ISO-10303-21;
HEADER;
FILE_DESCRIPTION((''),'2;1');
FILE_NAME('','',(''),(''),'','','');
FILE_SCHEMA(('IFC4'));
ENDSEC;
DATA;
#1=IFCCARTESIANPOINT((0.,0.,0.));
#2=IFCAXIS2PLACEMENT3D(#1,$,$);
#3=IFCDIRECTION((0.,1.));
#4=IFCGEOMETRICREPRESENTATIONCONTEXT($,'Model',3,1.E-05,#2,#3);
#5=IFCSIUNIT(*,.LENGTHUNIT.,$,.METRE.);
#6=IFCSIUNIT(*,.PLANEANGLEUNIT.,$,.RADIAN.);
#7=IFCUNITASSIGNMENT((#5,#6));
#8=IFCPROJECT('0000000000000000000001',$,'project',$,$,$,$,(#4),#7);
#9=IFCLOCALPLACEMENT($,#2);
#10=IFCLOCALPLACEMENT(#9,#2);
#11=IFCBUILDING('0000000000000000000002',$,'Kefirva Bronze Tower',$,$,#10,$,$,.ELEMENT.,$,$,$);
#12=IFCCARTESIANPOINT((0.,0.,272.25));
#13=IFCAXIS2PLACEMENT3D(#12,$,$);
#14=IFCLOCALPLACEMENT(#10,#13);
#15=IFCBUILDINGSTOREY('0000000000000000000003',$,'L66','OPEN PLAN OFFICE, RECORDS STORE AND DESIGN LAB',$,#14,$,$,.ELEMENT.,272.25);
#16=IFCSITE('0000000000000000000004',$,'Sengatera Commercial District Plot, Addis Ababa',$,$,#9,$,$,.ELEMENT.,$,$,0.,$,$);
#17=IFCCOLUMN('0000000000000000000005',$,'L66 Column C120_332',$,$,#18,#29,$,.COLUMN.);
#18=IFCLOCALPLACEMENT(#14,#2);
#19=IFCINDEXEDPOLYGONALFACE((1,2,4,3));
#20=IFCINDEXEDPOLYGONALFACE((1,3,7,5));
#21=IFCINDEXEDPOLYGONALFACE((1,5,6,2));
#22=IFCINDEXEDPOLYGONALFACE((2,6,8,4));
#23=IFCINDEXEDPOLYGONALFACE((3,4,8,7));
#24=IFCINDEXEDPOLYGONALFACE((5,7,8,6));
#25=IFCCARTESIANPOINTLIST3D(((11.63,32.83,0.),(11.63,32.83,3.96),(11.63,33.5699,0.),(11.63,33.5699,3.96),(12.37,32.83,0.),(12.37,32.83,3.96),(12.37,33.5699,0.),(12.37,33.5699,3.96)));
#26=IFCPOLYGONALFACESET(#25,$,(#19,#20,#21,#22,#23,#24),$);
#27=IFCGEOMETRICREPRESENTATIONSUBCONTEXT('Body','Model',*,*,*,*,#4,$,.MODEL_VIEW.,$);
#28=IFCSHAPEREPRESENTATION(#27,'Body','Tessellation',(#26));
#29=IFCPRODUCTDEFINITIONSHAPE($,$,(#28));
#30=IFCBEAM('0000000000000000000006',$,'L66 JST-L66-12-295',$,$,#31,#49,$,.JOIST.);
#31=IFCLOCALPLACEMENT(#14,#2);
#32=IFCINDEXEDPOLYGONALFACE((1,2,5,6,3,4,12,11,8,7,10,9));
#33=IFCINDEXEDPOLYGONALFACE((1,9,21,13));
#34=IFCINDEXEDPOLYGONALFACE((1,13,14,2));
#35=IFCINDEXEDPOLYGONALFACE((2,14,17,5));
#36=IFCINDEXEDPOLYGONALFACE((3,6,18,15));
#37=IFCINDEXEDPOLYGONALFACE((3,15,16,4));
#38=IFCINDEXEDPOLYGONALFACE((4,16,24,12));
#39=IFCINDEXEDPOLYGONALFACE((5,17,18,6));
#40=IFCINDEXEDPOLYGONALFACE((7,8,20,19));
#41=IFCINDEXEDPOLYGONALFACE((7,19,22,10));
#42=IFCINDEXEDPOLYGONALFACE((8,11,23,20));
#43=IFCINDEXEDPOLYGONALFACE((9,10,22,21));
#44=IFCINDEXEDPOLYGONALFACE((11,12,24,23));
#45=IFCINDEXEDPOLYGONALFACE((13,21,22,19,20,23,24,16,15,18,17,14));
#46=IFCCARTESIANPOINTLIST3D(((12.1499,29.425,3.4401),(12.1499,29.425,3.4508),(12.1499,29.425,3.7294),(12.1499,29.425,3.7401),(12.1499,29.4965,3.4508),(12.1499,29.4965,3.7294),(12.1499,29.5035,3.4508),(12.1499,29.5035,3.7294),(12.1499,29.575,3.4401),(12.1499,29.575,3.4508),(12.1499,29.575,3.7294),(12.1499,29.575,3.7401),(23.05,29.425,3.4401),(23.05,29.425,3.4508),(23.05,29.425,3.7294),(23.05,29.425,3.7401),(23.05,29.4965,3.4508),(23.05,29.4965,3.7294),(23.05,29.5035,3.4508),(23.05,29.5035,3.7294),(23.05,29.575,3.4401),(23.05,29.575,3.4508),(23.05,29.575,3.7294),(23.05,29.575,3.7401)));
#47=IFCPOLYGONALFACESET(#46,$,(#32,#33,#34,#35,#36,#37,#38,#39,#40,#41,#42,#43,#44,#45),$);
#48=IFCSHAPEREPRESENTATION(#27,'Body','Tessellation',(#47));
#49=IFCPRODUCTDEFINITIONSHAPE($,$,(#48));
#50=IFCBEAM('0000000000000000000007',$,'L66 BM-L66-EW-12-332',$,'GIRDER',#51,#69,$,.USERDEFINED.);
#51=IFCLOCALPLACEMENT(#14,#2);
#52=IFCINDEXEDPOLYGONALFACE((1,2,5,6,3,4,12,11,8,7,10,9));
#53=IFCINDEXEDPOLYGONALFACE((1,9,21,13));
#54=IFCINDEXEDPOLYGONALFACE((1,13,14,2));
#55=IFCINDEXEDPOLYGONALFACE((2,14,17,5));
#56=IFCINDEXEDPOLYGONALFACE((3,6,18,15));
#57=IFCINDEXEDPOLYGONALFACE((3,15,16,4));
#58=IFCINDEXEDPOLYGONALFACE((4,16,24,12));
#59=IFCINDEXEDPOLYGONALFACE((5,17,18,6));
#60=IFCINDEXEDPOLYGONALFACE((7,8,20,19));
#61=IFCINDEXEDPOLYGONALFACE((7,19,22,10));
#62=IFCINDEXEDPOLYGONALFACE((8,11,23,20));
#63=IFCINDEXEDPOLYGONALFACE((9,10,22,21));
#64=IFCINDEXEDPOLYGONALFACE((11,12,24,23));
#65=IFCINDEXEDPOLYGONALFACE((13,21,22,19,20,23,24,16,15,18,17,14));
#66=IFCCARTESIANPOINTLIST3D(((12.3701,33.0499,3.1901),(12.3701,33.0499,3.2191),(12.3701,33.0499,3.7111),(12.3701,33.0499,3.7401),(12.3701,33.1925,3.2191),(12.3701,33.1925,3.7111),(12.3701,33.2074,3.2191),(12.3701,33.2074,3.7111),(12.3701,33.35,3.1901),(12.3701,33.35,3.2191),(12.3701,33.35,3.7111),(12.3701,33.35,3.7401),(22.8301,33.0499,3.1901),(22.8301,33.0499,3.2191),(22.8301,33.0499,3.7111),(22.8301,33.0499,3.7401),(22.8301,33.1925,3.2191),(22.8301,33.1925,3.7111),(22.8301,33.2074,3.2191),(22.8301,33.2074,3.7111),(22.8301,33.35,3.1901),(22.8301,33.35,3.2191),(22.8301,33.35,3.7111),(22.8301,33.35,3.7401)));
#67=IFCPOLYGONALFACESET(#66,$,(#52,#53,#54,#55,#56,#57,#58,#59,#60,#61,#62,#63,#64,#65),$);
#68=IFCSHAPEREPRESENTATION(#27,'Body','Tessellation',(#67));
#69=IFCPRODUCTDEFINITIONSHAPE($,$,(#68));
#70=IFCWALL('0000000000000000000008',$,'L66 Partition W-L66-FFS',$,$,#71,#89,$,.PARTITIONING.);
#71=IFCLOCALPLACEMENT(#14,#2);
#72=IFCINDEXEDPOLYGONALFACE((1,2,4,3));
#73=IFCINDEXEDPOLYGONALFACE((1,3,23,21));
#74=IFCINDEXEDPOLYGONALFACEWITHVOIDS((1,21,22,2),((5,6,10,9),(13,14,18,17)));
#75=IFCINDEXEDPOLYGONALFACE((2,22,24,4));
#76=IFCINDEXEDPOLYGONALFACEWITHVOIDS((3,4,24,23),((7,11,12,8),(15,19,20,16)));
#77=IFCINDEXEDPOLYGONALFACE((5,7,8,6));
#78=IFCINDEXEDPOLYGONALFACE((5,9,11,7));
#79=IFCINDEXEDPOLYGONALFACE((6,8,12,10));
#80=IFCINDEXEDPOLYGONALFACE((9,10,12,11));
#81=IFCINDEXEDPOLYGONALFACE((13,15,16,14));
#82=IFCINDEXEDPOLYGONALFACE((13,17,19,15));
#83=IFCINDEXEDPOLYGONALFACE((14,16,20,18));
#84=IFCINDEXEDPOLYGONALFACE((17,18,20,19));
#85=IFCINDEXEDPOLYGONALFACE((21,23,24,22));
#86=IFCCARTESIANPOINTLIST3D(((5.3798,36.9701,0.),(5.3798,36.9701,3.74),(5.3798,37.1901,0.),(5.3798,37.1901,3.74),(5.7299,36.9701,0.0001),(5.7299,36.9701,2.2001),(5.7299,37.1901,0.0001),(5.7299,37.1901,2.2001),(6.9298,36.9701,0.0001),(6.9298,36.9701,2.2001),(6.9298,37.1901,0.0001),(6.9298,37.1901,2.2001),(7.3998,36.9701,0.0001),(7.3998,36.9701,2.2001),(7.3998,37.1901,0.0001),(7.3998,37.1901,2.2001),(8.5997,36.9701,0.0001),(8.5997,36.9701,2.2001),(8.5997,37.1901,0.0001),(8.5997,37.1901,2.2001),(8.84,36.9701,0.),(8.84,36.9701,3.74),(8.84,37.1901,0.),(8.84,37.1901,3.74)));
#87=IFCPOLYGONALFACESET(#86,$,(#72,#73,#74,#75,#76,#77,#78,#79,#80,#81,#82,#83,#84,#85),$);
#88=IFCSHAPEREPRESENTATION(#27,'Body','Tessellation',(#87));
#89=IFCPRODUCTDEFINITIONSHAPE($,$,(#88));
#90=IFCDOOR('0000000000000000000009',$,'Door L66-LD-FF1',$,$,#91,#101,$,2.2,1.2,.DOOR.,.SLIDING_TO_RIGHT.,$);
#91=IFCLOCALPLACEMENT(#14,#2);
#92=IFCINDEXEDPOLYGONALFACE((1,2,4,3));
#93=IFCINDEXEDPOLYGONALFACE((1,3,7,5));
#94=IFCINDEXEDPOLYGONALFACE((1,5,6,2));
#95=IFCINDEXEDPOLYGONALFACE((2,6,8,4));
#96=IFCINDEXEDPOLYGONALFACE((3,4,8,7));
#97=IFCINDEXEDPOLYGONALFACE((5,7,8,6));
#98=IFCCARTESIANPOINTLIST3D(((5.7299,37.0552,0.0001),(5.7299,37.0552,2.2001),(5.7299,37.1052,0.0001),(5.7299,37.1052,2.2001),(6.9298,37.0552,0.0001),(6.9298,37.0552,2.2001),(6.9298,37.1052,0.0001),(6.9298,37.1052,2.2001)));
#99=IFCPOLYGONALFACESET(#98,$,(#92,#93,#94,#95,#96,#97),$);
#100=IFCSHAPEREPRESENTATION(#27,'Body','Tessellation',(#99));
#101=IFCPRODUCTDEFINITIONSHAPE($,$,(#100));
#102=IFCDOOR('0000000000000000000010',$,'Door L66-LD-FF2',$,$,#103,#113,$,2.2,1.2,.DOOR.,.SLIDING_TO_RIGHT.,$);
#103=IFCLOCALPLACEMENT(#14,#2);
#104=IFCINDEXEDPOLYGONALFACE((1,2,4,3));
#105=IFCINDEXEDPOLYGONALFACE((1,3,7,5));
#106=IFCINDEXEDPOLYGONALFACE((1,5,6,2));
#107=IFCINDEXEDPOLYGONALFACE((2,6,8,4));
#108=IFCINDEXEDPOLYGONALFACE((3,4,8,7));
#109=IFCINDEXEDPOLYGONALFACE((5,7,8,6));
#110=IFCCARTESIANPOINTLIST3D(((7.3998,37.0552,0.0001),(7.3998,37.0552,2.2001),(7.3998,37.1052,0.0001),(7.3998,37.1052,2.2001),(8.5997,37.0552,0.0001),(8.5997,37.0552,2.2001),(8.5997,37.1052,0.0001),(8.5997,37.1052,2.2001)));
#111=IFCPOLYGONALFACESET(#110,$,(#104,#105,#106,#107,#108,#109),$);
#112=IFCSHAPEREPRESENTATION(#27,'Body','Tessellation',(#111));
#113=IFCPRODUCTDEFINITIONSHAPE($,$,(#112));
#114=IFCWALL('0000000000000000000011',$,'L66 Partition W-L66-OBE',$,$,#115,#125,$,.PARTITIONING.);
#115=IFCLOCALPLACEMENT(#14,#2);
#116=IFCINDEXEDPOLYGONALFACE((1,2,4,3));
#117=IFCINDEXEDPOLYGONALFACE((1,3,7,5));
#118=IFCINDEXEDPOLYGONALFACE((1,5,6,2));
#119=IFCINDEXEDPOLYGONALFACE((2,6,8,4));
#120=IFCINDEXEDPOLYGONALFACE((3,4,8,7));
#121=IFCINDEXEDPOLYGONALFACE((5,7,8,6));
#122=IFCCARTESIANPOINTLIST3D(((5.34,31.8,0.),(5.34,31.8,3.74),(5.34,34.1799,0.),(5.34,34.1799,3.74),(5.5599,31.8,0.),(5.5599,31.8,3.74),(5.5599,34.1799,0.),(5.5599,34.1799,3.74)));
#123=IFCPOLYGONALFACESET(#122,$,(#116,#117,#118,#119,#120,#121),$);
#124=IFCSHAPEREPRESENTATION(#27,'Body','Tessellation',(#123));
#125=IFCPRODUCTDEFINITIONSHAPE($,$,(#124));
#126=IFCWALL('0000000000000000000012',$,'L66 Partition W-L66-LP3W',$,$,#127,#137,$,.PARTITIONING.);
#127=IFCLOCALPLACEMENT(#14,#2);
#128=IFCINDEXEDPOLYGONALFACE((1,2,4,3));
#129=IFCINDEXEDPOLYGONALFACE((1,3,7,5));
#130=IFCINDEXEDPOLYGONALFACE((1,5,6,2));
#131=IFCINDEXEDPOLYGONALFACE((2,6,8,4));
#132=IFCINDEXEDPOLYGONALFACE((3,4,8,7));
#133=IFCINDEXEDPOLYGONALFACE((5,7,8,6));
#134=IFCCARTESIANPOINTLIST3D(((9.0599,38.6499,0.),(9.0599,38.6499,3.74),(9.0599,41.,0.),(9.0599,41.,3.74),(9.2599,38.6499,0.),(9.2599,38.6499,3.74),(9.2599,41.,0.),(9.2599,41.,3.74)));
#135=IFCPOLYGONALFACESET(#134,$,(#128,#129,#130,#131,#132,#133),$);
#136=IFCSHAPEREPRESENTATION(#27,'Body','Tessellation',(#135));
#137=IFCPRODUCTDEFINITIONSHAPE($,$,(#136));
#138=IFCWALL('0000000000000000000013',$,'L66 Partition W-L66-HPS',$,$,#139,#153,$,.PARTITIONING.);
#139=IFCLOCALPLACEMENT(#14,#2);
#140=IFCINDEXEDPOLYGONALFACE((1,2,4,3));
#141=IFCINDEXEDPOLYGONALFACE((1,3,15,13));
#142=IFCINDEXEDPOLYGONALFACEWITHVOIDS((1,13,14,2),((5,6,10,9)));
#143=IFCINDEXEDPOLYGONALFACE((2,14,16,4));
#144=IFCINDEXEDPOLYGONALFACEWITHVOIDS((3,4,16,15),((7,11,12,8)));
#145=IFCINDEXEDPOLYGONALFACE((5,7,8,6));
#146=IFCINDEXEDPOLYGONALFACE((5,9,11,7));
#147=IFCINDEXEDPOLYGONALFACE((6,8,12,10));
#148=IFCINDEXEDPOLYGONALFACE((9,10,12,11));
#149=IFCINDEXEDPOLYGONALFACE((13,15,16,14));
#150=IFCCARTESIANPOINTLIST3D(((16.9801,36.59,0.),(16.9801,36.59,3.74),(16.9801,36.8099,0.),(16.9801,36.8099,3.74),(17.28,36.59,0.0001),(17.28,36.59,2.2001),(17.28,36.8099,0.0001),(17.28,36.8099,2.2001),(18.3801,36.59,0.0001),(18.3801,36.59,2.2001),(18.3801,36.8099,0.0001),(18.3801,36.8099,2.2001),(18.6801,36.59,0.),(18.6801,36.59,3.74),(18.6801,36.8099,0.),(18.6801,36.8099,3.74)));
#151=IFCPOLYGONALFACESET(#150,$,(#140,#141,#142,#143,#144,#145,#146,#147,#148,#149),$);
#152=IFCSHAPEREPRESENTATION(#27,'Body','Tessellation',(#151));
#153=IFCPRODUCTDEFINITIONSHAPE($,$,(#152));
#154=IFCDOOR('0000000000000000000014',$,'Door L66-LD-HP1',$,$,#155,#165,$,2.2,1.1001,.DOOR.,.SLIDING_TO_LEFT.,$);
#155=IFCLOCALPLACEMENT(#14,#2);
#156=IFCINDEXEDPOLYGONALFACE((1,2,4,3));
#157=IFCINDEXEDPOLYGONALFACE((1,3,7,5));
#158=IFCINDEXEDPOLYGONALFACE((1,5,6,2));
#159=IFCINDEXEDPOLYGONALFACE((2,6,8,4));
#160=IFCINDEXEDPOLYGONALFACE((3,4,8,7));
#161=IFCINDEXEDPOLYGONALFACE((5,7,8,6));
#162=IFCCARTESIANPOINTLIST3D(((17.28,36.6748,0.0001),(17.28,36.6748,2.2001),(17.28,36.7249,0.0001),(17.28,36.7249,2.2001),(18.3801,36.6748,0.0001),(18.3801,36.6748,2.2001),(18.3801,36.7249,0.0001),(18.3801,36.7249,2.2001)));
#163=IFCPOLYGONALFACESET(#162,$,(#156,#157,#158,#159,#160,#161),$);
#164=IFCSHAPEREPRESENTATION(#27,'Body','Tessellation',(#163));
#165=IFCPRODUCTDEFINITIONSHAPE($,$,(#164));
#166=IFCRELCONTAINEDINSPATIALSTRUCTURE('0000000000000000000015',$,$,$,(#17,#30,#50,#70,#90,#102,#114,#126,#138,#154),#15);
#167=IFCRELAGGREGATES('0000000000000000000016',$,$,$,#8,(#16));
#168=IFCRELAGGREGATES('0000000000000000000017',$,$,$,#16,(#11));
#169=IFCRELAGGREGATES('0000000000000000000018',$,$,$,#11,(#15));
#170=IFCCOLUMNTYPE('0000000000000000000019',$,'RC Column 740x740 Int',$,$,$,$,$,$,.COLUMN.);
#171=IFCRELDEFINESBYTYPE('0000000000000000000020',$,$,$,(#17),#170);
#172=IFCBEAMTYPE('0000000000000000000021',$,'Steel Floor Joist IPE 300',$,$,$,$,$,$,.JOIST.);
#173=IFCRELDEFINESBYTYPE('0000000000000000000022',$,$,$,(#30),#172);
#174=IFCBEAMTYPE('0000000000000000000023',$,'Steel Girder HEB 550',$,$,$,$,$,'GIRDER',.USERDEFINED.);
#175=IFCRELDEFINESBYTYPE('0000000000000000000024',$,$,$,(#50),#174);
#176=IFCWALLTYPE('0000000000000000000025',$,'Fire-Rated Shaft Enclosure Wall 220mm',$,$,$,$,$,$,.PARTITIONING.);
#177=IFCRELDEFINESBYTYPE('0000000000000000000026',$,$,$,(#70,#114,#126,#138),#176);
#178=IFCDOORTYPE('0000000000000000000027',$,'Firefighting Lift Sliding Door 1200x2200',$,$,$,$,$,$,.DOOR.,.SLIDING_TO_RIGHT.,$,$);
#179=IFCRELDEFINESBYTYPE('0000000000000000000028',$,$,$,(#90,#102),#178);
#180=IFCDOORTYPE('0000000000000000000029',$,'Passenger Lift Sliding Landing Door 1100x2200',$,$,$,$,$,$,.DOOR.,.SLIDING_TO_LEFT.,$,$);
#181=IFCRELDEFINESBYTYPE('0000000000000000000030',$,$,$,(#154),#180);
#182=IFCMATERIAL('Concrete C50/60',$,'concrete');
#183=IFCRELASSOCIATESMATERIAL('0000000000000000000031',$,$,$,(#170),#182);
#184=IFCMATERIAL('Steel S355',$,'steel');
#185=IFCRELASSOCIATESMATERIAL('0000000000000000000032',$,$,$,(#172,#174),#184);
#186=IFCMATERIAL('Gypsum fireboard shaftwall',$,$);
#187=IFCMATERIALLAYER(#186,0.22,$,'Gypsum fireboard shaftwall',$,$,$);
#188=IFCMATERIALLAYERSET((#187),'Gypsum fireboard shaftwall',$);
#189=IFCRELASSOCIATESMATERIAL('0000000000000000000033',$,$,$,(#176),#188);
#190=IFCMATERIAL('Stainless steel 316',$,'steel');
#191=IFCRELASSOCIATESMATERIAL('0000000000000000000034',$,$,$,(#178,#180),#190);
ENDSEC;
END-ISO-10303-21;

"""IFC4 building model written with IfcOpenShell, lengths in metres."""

from ifc_helpers import new_model, si_unit, direction, frame, frame_2d, origin, origin_2d, place, context, subcontext, project, spatial, rectangle, i_section, extrude, material, layer, layer_set, material_profile, profile_set, type_object, element, fill, save


model = new_model("IFC4")

# Units and contexts
model_context = context("Model", 3, precision=1e-05, world=origin(), true_north=direction((0.0, 1.0)))
body_context = subcontext(model_context, "Body", "Model", "MODEL_VIEW")
ifc_project = project(units=[si_unit("LENGTHUNIT", "METRE"), si_unit("PLANEANGLEUNIT", "RADIAN")], contexts=[model_context])

# Site, building, storey
site_placement = place(None, origin())
site = spatial("IfcSite", under=ifc_project, at=site_placement, Name="Sengatera Commercial District Plot, Addis Ababa", CompositionType="ELEMENT", RefElevation=0.0)
building_placement = place(site_placement, origin())
building = spatial("IfcBuilding", under=site, at=building_placement, Name="Kefirva Bronze Tower", CompositionType="ELEMENT")
storey_placement = place(building_placement, frame((0.0, 0.0, 272.25)))
storey = spatial("IfcBuildingStorey", under=building, at=storey_placement, Name="L66", Description="OPEN PLAN OFFICE, RECORDS STORE AND DESIGN LAB", CompositionType="ELEMENT", Elevation=272.25)

# Column
ifc_material_1 = material(Name="Concrete C50/60", Category="concrete")
ifc_material_profile_1 = material_profile(ifc_material_1, rectangle(XDim=0.74, YDim=0.74, at=origin_2d()), Name="RC 740x740")
ifc_profile_set_1 = profile_set([ifc_material_profile_1], Name="Concrete C50/60")
column_type = type_object("IfcColumnType", Name="RC Column 740x740 Int", PredefinedType="COLUMN", material=ifc_profile_set_1)
column_placement = place(storey_placement, frame((12.0, 33.2, 0.0), z_axis=(0.0, 0.0, 1.0), x_axis=(1.0, 0.0, 0.0)))
element("IfcColumn", 1, at=column_placement, inside=storey, type_object=column_type, Name="L66 Column C120_332", PredefinedType="COLUMN", context=body_context, shape_type="SweptSolid", body=[
    extrude(rectangle(XDim=0.74, YDim=0.74, at=origin_2d()), origin(), (0.0, 0.0, 1.0), 3.96),
])

# Beams
ifc_material_2 = material(Name="Steel S355", Category="steel")
ifc_material_profile_2 = material_profile(ifc_material_2, i_section(OverallWidth=0.1499, OverallDepth=0.3, WebThickness=0.0071, FlangeThickness=0.0107, at=origin_2d()), Name="IPE 300")
ifc_profile_set_2 = profile_set([ifc_material_profile_2], Name="Steel S355")
beam_type_1 = type_object("IfcBeamType", Name="Steel Floor Joist IPE 300", PredefinedType="JOIST", material=ifc_profile_set_2)
beam_1_placement = place(storey_placement, frame((12.1499, 29.5, 3.5901), z_axis=(1.0, 0.0, 0.0), x_axis=(0.0, 1.0, 0.0)))
element("IfcBeam", 2, at=beam_1_placement, inside=storey, type_object=beam_type_1, Name="L66 JST-L66-12-295", PredefinedType="JOIST", context=body_context, shape_type="SweptSolid", body=[
    extrude(i_section(OverallWidth=0.1499, OverallDepth=0.3, WebThickness=0.0071, FlangeThickness=0.0107, at=origin_2d()), origin(), (0.0, 0.0, 1.0), 10.9001),
])
ifc_material_profile_3 = material_profile(ifc_material_2, i_section(OverallWidth=0.3, OverallDepth=0.55, WebThickness=0.0149, FlangeThickness=0.0291, at=origin_2d()), Name="HEB 550")
ifc_profile_set_3 = profile_set([ifc_material_profile_3], Name="Steel S355")
beam_type_2 = type_object("IfcBeamType", Name="Steel Girder HEB 550", ElementType="GIRDER", PredefinedType="USERDEFINED", material=ifc_profile_set_3)
beam_2_placement = place(storey_placement, frame((12.3701, 33.2, 3.4651), z_axis=(1.0, 0.0, 0.0), x_axis=(0.0, 1.0, 0.0)))
element("IfcBeam", 3, at=beam_2_placement, inside=storey, type_object=beam_type_2, Name="L66 BM-L66-EW-12-332", ObjectType="GIRDER", PredefinedType="USERDEFINED", context=body_context, shape_type="SweptSolid", body=[
    extrude(i_section(OverallWidth=0.3, OverallDepth=0.55, WebThickness=0.0149, FlangeThickness=0.0291, at=origin_2d()), origin(), (0.0, 0.0, 1.0), 10.46),
])

# Wall, openings, doors
ifc_material_3 = material(Name="Gypsum fireboard shaftwall")
ifc_layer_1 = layer(ifc_material_3, 0.22, Name="Gypsum fireboard shaftwall")
ifc_layer_set_1 = layer_set([ifc_layer_1], Name="Gypsum fireboard shaftwall")
wall_type_1 = type_object("IfcWallType", Name="Fire-Rated Shaft Enclosure Wall 220mm", PredefinedType="PARTITIONING", material=ifc_layer_set_1)
wall_1_placement = place(storey_placement, frame((5.3799, 37.0801, 0.0), z_axis=(0.0, 0.0, 1.0), x_axis=(1.0, 0.0, 0.0)))
wall_1 = element("IfcWall", 4, at=wall_1_placement, inside=storey, type_object=wall_type_1, Name="L66 Partition W-L66-FFS", PredefinedType="PARTITIONING", context=body_context, shape_type="SweptSolid", body=[
    extrude(rectangle(XDim=3.4602, YDim=0.22, at=frame_2d((1.73, 0.0))), origin(), (0.0, 0.0, 1.0), 3.74),
])
opening_1_placement = place(wall_1_placement, frame((1.55, 0.0, 0.0), z_axis=(0.0, 0.0, 1.0), x_axis=(-1.0, 0.0, 0.0)))
opening_1 = element("IfcOpeningElement", 5, at=opening_1_placement, cuts=wall_1, PredefinedType="OPENING", context=body_context, shape_type="SweptSolid", body=[
    extrude(rectangle(XDim=1.2, YDim=2.2, at=frame_2d((0.6001, 1.1001))), frame((0.0, 0.1201, 0.0), z_axis=(0.0, -1.0, 0.0), x_axis=(1.0, 0.0, 0.0)), (0.0, 0.0, 1.0), 0.24),
])
opening_2_placement = place(wall_1_placement, frame((3.22, 0.0, 0.0), z_axis=(0.0, 0.0, 1.0), x_axis=(-1.0, 0.0, 0.0)))
opening_2 = element("IfcOpeningElement", 6, at=opening_2_placement, cuts=wall_1, PredefinedType="OPENING", context=body_context, shape_type="SweptSolid", body=[
    extrude(rectangle(XDim=1.2, YDim=2.2, at=frame_2d((0.6001, 1.1001))), frame((0.0, 0.1201, 0.0), z_axis=(0.0, -1.0, 0.0), x_axis=(1.0, 0.0, 0.0)), (0.0, 0.0, 1.0), 0.24),
])
ifc_material_4 = material(Name="Stainless steel 316", Category="steel")
door_type_1 = type_object("IfcDoorType", Name="Firefighting Lift Sliding Door 1200x2200", OperationType="SLIDING_TO_RIGHT", PredefinedType="DOOR", material=ifc_material_4)
door_1_placement = place(opening_1_placement, origin())
door_1 = element("IfcDoor", 7, at=door_1_placement, inside=storey, type_object=door_type_1, Name="Door L66-LD-FF1", OperationType="SLIDING_TO_RIGHT", OverallHeight=2.2, OverallWidth=1.2, PredefinedType="DOOR", context=body_context, shape_type="SweptSolid", body=[
    extrude(rectangle(XDim=1.2, YDim=2.2, at=frame_2d((0.6001, 1.1001))), frame((0.0, 0.0249, 0.0), z_axis=(0.0, -1.0, 0.0), x_axis=(1.0, 0.0, 0.0)), (0.0, 0.0, 1.0), 0.05),
])
fill(opening_1, door_1)
door_2_placement = place(opening_2_placement, origin())
door_2 = element("IfcDoor", 8, at=door_2_placement, inside=storey, type_object=door_type_1, Name="Door L66-LD-FF2", OperationType="SLIDING_TO_RIGHT", OverallHeight=2.2, OverallWidth=1.2, PredefinedType="DOOR", context=body_context, shape_type="SweptSolid", body=[
    extrude(rectangle(XDim=1.2, YDim=2.2, at=frame_2d((0.6001, 1.1001))), frame((0.0, 0.0249, 0.0), z_axis=(0.0, -1.0, 0.0), x_axis=(1.0, 0.0, 0.0)), (0.0, 0.0, 1.0), 0.05),
])
fill(opening_2, door_2)

# Walls
wall_2_placement = place(storey_placement, frame((5.45, 31.8, 0.0), z_axis=(0.0, 0.0, 1.0), x_axis=(0.0, 1.0, 0.0)))
element("IfcWall", 9, at=wall_2_placement, inside=storey, type_object=wall_type_1, Name="L66 Partition W-L66-OBE", PredefinedType="PARTITIONING", context=body_context, shape_type="SweptSolid", body=[
    extrude(rectangle(XDim=2.3799, YDim=0.22, at=frame_2d((1.1899, 0.0))), origin(), (0.0, 0.0, 1.0), 3.74),
])
wall_3_placement = place(storey_placement, frame((9.1599, 38.6499, 0.0), z_axis=(0.0, 0.0, 1.0), x_axis=(0.0, 1.0, 0.0)))
element("IfcWall", 10, at=wall_3_placement, inside=storey, type_object=wall_type_1, Name="L66 Partition W-L66-LP3W", PredefinedType="PARTITIONING", context=body_context, shape_type="SweptSolid", body=[
    extrude(rectangle(XDim=2.3501, YDim=0.2, at=frame_2d((1.175, 0.0))), origin(), (0.0, 0.0, 1.0), 3.74),
])

# Wall, opening, door
wall_4_placement = place(storey_placement, frame((16.98, 36.7, 0.0), z_axis=(0.0, 0.0, 1.0), x_axis=(1.0, 0.0, 0.0)))
wall_4 = element("IfcWall", 11, at=wall_4_placement, inside=storey, type_object=wall_type_1, Name="L66 Partition W-L66-HPS", PredefinedType="PARTITIONING", context=body_context, shape_type="SweptSolid", body=[
    extrude(rectangle(XDim=1.7, YDim=0.22, at=frame_2d((0.8501, 0.0))), origin(), (0.0, 0.0, 1.0), 3.74),
])
opening_3_placement = place(wall_4_placement, frame((0.3, 0.0, 0.0)))
opening_3 = element("IfcOpeningElement", 12, at=opening_3_placement, cuts=wall_4, PredefinedType="OPENING", context=body_context, shape_type="SweptSolid", body=[
    extrude(rectangle(XDim=1.1001, YDim=2.2, at=frame_2d((0.55, 1.1001))), frame((0.0, 0.1201, 0.0), z_axis=(0.0, -1.0, 0.0), x_axis=(1.0, 0.0, 0.0)), (0.0, 0.0, 1.0), 0.24),
])
door_type_2 = type_object("IfcDoorType", Name="Passenger Lift Sliding Landing Door 1100x2200", OperationType="SLIDING_TO_LEFT", PredefinedType="DOOR", material=ifc_material_4)
door_3_placement = place(opening_3_placement, origin())
door_3 = element("IfcDoor", 13, at=door_3_placement, inside=storey, type_object=door_type_2, Name="Door L66-LD-HP1", OperationType="SLIDING_TO_LEFT", OverallHeight=2.2, OverallWidth=1.1001, PredefinedType="DOOR", context=body_context, shape_type="SweptSolid", body=[
    extrude(rectangle(XDim=1.1001, YDim=2.2, at=frame_2d((0.55, 1.1001))), frame((0.0, 0.0249, 0.0), z_axis=(0.0, -1.0, 0.0), x_axis=(1.0, 0.0, 0.0)), (0.0, 0.0, 1.0), 0.05),
])
fill(opening_3, door_3)

save(model, "model.ifc")
